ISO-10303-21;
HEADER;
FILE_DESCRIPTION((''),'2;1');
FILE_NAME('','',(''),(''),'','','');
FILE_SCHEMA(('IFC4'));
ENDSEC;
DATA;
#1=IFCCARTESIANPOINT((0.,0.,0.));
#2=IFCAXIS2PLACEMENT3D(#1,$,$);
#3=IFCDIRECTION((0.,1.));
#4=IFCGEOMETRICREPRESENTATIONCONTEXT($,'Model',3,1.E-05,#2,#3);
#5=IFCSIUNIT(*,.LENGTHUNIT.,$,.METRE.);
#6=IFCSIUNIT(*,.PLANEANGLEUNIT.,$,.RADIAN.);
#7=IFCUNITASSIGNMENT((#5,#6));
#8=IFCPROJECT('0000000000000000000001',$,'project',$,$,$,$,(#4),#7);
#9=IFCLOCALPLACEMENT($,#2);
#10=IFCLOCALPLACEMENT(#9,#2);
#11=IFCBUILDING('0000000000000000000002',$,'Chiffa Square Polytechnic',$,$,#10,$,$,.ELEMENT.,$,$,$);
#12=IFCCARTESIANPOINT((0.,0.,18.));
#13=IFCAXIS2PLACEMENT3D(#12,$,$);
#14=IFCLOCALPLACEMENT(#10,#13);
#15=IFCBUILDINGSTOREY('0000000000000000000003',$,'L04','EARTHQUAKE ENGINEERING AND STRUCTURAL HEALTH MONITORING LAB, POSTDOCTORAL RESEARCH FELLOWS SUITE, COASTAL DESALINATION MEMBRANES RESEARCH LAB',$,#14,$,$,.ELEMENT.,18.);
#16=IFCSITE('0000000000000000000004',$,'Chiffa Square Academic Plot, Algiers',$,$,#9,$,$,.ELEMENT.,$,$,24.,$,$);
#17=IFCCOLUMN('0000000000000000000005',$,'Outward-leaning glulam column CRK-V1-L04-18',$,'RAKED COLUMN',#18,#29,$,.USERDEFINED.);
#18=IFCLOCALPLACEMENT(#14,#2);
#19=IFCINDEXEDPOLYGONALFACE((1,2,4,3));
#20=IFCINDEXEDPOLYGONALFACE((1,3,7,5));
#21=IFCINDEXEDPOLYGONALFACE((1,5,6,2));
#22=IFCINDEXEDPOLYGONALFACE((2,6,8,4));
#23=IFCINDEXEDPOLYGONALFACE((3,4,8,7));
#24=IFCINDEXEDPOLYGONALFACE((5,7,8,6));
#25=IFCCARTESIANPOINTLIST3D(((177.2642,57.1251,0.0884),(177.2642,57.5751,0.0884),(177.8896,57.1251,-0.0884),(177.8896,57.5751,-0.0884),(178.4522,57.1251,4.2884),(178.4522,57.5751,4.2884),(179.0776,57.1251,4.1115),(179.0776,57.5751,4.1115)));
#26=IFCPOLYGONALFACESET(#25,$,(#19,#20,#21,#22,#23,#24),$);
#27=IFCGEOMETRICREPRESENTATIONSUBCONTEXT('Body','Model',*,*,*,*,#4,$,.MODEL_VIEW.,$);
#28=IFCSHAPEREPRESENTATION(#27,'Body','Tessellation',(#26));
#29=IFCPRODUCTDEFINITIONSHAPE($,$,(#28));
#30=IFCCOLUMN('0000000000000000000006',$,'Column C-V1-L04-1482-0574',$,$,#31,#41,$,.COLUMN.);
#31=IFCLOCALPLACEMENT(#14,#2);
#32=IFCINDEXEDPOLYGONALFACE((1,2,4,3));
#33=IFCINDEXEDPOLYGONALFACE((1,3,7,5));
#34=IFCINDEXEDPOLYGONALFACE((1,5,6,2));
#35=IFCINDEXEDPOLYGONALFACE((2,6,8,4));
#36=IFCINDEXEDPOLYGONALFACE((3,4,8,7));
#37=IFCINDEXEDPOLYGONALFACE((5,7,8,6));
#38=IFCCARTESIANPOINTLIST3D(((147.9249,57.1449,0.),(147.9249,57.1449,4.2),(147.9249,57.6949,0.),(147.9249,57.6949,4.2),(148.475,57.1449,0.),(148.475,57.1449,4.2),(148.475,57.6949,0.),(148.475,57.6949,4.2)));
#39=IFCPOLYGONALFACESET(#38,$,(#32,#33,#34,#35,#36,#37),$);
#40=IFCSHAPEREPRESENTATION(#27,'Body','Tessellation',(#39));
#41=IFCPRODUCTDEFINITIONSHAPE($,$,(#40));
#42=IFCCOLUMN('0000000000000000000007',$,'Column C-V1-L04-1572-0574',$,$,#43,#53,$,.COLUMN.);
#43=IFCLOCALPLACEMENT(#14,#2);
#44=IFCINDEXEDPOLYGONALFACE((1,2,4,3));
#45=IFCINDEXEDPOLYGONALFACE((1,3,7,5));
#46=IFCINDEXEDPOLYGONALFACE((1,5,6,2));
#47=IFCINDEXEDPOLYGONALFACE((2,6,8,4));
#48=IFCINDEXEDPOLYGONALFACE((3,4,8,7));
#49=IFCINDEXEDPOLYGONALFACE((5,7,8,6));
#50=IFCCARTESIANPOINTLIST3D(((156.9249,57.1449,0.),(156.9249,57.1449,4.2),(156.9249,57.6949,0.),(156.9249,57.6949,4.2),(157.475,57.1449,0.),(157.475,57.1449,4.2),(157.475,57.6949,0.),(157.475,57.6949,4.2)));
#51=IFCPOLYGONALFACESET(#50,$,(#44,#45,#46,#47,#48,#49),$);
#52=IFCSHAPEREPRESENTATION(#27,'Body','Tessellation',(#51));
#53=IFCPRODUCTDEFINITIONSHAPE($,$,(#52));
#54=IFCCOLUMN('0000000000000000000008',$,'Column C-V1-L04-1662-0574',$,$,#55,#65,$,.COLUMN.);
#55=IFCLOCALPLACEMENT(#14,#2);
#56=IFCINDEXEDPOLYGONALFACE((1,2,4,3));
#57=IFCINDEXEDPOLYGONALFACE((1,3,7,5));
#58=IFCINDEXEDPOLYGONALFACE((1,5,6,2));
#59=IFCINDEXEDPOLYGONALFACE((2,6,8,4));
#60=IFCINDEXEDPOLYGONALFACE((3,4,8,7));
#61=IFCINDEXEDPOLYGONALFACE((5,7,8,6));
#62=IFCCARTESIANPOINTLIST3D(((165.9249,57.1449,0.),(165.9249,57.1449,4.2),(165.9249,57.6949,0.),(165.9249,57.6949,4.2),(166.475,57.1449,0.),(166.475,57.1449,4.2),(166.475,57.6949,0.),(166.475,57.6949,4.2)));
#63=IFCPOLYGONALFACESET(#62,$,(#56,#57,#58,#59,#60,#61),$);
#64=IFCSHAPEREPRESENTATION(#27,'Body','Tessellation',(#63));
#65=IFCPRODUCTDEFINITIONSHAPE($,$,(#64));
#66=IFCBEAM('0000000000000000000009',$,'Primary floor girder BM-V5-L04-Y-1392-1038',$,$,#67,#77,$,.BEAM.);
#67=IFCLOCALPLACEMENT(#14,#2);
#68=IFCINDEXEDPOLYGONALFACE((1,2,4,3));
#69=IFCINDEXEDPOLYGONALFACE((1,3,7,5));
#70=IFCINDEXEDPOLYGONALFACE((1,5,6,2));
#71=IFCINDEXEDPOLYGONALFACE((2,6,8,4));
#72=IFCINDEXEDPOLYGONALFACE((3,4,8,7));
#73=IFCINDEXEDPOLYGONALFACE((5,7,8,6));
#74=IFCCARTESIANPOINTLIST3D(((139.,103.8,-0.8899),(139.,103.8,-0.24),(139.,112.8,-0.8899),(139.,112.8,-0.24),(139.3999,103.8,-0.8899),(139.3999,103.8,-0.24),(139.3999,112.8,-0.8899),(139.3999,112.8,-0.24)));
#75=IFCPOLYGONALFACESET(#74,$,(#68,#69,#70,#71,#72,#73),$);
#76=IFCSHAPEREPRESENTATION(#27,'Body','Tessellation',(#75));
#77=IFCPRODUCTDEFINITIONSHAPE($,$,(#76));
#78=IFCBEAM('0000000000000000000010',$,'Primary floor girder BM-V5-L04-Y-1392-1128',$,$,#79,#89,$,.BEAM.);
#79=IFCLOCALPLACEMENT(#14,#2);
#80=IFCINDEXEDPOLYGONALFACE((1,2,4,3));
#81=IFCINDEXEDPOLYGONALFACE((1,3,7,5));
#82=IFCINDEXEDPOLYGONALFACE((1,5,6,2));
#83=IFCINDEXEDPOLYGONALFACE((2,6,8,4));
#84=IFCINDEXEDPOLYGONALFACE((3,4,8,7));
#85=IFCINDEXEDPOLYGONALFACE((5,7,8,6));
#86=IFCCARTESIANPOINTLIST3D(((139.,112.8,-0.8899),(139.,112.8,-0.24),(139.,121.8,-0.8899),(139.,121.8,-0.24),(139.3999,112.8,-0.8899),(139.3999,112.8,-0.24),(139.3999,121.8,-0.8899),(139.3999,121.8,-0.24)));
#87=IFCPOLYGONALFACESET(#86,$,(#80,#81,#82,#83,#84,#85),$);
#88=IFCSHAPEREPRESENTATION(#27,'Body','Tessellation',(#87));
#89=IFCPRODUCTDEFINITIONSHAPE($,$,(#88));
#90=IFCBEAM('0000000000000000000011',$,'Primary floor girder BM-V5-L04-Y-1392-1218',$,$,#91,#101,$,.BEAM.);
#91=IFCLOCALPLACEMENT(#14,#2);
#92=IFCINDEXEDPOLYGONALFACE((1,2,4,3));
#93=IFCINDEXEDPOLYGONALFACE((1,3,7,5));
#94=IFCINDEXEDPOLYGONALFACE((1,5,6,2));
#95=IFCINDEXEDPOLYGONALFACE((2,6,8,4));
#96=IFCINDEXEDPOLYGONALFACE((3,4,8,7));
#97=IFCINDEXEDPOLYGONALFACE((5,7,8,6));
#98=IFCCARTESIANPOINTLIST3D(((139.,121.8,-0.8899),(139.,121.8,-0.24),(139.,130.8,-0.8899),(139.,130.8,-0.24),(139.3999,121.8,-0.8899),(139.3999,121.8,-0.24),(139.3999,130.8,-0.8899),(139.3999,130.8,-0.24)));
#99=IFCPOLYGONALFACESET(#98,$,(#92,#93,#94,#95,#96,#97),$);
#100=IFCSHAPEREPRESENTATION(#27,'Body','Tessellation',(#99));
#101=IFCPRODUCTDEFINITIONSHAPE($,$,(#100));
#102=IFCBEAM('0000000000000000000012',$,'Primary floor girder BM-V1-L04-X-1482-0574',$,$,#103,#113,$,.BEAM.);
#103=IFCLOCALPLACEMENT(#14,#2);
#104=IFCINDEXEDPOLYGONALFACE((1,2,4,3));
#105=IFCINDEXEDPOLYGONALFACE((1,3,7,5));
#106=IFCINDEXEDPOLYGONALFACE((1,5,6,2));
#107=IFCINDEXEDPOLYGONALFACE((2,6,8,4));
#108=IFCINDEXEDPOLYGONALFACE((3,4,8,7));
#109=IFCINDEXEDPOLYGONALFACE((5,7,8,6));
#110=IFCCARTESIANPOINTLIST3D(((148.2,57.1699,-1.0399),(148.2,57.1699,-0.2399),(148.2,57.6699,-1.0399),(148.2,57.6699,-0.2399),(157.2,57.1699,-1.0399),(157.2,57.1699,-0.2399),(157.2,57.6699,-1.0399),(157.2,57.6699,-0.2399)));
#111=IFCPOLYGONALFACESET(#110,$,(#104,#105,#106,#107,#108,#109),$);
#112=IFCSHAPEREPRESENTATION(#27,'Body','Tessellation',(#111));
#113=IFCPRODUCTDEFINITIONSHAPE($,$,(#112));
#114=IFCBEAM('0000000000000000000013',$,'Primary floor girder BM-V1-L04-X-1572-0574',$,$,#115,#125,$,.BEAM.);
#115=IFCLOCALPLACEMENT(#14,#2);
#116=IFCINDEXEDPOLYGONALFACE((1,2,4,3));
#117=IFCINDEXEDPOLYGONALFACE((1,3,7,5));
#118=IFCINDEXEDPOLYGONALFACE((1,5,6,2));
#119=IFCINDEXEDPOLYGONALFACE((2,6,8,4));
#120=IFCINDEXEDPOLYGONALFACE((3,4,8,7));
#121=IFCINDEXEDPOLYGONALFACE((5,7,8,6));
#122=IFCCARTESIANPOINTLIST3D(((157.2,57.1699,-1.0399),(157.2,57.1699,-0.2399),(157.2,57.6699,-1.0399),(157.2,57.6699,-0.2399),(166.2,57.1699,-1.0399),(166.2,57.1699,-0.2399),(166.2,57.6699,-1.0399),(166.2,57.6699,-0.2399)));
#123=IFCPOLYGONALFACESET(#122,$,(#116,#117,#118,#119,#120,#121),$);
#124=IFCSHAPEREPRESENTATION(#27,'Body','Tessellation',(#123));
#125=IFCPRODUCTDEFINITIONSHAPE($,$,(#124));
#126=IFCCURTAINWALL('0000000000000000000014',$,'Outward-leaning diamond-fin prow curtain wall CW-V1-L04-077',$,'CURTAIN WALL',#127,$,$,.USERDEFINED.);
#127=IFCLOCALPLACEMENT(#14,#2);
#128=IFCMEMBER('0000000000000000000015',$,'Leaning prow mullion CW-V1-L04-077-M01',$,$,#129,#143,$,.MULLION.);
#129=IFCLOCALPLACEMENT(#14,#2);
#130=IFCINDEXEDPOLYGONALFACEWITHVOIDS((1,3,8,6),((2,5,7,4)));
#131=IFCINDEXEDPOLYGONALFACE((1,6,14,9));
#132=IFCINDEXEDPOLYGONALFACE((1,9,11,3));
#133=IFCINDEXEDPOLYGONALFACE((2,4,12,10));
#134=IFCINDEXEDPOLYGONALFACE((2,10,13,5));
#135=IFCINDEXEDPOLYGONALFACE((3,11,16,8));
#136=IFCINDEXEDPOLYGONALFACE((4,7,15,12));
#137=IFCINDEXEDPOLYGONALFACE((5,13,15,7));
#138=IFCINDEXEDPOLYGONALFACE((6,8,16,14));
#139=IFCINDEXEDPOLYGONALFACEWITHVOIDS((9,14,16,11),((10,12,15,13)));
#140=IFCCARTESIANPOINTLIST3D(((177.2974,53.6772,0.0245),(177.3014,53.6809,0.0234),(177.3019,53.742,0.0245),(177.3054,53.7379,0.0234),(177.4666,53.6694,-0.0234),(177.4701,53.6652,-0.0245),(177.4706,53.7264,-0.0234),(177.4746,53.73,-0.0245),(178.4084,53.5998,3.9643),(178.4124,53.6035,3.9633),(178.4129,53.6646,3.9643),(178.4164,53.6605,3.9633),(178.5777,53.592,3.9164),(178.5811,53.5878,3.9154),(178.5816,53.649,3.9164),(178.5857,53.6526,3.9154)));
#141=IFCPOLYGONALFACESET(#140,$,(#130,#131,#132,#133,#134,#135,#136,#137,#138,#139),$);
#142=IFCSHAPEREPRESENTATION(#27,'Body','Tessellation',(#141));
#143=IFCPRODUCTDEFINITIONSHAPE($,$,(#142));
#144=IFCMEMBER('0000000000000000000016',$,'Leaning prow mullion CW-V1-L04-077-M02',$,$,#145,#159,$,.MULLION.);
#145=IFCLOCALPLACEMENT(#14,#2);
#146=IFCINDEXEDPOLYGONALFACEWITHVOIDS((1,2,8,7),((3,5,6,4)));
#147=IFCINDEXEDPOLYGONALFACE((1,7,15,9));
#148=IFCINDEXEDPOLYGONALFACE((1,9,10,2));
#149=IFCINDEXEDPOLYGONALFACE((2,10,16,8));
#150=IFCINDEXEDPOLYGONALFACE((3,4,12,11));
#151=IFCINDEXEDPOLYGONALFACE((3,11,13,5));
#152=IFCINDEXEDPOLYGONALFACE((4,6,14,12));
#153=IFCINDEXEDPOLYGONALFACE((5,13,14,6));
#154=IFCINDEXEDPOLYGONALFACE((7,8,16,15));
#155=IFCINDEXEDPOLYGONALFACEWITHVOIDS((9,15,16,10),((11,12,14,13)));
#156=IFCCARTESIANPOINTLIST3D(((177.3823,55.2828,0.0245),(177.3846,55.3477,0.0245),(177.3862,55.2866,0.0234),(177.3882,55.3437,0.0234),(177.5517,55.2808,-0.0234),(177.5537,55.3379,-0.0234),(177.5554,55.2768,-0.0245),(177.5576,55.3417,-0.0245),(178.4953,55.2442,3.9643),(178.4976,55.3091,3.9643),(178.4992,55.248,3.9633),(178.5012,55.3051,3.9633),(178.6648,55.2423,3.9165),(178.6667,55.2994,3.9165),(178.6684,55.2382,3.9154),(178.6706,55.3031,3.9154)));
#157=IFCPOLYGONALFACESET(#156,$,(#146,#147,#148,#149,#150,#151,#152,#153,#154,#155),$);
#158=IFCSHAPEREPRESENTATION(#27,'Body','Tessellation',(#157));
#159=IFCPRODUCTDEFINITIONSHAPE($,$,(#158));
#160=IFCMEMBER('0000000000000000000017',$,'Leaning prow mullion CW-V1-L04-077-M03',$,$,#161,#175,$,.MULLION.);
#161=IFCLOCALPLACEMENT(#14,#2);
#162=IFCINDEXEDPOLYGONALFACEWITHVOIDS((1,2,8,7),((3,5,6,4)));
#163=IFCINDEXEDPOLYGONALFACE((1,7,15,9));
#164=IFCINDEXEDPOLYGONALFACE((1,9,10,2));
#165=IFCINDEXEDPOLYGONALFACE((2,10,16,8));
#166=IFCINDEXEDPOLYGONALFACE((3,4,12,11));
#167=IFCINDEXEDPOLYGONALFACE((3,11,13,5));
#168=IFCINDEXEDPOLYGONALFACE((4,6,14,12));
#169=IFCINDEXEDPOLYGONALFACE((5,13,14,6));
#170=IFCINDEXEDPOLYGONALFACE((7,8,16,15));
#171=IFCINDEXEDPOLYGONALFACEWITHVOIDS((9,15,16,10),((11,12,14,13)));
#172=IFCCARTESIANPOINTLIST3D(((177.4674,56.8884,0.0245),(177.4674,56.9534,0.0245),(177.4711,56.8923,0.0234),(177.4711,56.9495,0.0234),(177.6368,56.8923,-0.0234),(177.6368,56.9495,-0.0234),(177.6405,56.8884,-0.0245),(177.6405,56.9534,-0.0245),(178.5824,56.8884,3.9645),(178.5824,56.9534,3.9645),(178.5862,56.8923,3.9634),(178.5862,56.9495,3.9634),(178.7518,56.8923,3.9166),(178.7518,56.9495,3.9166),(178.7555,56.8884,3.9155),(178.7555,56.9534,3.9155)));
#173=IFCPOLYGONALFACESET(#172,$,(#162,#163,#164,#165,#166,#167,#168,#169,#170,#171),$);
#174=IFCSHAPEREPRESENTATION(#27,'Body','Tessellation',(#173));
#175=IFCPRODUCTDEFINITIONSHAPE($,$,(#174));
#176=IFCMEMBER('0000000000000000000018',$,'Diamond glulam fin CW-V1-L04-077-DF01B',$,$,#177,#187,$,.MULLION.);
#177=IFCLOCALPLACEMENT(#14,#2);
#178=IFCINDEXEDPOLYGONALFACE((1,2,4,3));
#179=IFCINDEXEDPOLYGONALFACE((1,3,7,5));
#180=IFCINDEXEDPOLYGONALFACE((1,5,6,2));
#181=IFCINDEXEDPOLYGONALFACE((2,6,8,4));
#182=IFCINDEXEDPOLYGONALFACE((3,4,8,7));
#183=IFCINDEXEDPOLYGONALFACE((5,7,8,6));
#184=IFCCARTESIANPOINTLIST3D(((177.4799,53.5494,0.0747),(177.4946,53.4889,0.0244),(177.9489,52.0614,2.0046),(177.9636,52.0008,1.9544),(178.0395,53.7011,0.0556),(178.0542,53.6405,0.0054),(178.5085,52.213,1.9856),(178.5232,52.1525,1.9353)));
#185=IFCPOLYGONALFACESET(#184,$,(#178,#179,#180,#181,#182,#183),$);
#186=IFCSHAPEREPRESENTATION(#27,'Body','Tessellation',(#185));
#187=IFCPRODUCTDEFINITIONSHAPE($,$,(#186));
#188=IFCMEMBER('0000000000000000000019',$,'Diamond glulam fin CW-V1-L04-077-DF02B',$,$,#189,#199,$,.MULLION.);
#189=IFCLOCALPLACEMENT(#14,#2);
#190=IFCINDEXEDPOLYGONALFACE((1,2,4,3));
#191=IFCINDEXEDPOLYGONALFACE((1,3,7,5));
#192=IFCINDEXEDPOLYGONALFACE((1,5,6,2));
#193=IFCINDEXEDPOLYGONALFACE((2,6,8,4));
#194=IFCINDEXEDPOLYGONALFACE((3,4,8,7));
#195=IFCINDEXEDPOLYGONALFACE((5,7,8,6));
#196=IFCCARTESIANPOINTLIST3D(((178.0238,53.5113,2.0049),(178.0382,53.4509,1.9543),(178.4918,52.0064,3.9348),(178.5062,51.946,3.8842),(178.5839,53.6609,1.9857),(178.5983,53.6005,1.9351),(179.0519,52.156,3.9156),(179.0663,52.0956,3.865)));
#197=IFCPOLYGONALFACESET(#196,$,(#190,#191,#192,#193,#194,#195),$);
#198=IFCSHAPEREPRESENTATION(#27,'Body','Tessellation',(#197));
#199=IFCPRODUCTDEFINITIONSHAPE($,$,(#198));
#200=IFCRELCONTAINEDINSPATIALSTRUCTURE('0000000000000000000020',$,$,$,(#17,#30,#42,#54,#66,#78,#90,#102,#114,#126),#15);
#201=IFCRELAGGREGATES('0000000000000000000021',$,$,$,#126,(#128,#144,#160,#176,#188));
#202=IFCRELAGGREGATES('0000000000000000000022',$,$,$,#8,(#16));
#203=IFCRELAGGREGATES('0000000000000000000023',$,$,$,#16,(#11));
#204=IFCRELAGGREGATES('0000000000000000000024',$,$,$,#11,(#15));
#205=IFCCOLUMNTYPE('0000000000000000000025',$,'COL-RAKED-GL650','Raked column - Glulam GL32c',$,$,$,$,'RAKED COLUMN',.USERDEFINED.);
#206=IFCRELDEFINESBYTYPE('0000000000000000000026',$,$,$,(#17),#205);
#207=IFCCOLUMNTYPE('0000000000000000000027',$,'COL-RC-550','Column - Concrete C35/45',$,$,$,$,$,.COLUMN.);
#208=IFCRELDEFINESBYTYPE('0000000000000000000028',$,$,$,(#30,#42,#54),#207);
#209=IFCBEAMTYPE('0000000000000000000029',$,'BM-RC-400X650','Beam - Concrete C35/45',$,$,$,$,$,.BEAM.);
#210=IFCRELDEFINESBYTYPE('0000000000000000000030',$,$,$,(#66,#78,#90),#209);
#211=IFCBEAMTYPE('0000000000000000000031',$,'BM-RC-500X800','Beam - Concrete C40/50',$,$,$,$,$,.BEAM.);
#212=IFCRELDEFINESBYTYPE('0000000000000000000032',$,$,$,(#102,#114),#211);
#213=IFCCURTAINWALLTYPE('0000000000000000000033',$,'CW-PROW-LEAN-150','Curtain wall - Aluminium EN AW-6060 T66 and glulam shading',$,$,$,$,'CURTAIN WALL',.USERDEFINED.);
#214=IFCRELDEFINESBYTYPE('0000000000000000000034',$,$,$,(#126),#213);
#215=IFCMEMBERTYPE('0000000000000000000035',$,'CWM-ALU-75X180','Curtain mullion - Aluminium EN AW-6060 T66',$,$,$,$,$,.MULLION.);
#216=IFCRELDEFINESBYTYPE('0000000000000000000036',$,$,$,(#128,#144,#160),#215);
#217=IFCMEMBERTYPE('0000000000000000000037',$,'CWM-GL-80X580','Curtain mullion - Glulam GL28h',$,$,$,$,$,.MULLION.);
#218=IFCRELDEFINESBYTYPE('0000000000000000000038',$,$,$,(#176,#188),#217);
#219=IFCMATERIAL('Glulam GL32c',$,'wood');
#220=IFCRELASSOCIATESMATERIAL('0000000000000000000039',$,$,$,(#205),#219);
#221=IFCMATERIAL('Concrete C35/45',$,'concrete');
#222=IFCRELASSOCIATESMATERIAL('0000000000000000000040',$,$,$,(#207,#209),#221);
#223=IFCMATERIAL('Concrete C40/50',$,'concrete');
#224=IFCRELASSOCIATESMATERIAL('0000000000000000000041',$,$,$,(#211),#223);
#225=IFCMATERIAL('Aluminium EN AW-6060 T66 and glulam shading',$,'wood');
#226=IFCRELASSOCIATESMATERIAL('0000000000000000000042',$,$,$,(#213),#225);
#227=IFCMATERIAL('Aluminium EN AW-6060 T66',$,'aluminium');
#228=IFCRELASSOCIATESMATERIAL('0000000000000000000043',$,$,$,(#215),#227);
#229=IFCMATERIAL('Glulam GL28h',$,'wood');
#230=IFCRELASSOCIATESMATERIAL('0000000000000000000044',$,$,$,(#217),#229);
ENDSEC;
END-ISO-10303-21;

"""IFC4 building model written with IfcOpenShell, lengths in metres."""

from ifc_helpers import new_model, si_unit, direction, frame, origin, origin_2d, place, context, subcontext, project, spatial, rectangle, hollow_rectangle, extrude, material, material_profile, profile_set, type_object, element, aggregate, save


model = new_model("IFC4")

# Units and contexts
model_context = context("Model", 3, precision=1e-05, world=origin(), true_north=direction((0.0, 1.0)))
body_context = subcontext(model_context, "Body", "Model", "MODEL_VIEW")
ifc_project = project(units=[si_unit("LENGTHUNIT", "METRE"), si_unit("PLANEANGLEUNIT", "RADIAN")], contexts=[model_context])

# Site, building, storey
site_placement = place(None, origin())
site = spatial("IfcSite", under=ifc_project, at=site_placement, Name="Chiffa Square Academic Plot, Algiers", CompositionType="ELEMENT", RefElevation=24.0)
building_placement = place(site_placement, origin())
building = spatial("IfcBuilding", under=site, at=building_placement, Name="Chiffa Square Polytechnic", CompositionType="ELEMENT")
storey_placement = place(building_placement, frame((0.0, 0.0, 18.0)))
storey = spatial("IfcBuildingStorey", under=building, at=storey_placement, Name="L04", Description="EARTHQUAKE ENGINEERING AND STRUCTURAL HEALTH MONITORING LAB, POSTDOCTORAL RESEARCH FELLOWS SUITE, COASTAL DESALINATION MEMBRANES RESEARCH LAB", CompositionType="ELEMENT", Elevation=18.0)

# Columns
ifc_material_1 = material(Name="Glulam GL32c", Category="wood")
ifc_material_profile_1 = material_profile(ifc_material_1, rectangle(XDim=0.45, YDim=0.6499, at=origin_2d()), Name="GL32c 450x650")
ifc_profile_set_1 = profile_set([ifc_material_profile_1], Name="Glulam GL32c")
column_type_1 = type_object("IfcColumnType", Name="COL-RAKED-GL650", Description="Raked column - Glulam GL32c", ElementType="RAKED COLUMN", PredefinedType="USERDEFINED", material=ifc_profile_set_1)
column_placement = place(storey_placement, frame((177.5769, 57.3501, 0.0), z_axis=(0.272179, 0.0, 0.962247), x_axis=(0.0, 1.0, 0.0)))
element("IfcColumn", 1, at=column_placement, inside=storey, type_object=column_type_1, Name="Outward-leaning glulam column CRK-V1-L04-18", ObjectType="RAKED COLUMN", PredefinedType="USERDEFINED", context=body_context, shape_type="SweptSolid", body=[
    extrude(rectangle(XDim=0.45, YDim=0.6499, at=origin_2d()), origin(), (0.0, 0.0, 1.0), 4.3647),
])
ifc_material_2 = material(Name="Concrete C35/45", Category="concrete")
ifc_material_profile_2 = material_profile(ifc_material_2, rectangle(XDim=0.55, YDim=0.55, at=origin_2d()), Name="RC 550x550")
ifc_profile_set_2 = profile_set([ifc_material_profile_2], Name="Concrete C35/45")
column_type_2 = type_object("IfcColumnType", Name="COL-RC-550", Description="Column - Concrete C35/45", PredefinedType="COLUMN", material=ifc_profile_set_2)
for number, where, z_axis, x_axis, name in (
    (2, (148.2, 57.4199, 0.0), (0.0, 0.0, 1.0), (1.0, 0.0, 0.0), "Column C-V1-L04-1482-0574"),
    (3, (157.2, 57.4199, 0.0), (0.0, 0.0, 1.0), (1.0, 0.0, 0.0), "Column C-V1-L04-1572-0574"),
    (4, (166.2, 57.4199, 0.0), (0.0, 0.0, 1.0), (1.0, 0.0, 0.0), "Column C-V1-L04-1662-0574"),
):
    element("IfcColumn", number, at=place(storey_placement, frame(where, z_axis=z_axis, x_axis=x_axis)), inside=storey, type_object=column_type_2, Name=name, PredefinedType="COLUMN", context=body_context, shape_type="SweptSolid", body=[
        extrude(rectangle(XDim=0.55, YDim=0.55, at=origin_2d()), origin(), (0.0, 0.0, 1.0), 4.2),
    ])

# Beams
ifc_material_profile_3 = material_profile(ifc_material_2, rectangle(XDim=0.3999, YDim=0.6499, at=origin_2d()), Name="RC 400x650")
ifc_profile_set_3 = profile_set([ifc_material_profile_3], Name="Concrete C35/45")
beam_type_1 = type_object("IfcBeamType", Name="BM-RC-400X650", Description="Beam - Concrete C35/45", PredefinedType="BEAM", material=ifc_profile_set_3)
for number, where, z_axis, x_axis, name in (
    (5, (139.2, 103.8, -0.5649), (0.0, 1.0, 0.0), (-1.0, 0.0, 0.0), "Primary floor girder BM-V5-L04-Y-1392-1038"),
    (6, (139.2, 112.8, -0.5649), (0.0, 1.0, 0.0), (-1.0, 0.0, 0.0), "Primary floor girder BM-V5-L04-Y-1392-1128"),
    (7, (139.2, 121.8, -0.5649), (0.0, 1.0, 0.0), (-1.0, 0.0, 0.0), "Primary floor girder BM-V5-L04-Y-1392-1218"),
):
    element("IfcBeam", number, at=place(storey_placement, frame(where, z_axis=z_axis, x_axis=x_axis)), inside=storey, type_object=beam_type_1, Name=name, PredefinedType="BEAM", context=body_context, shape_type="SweptSolid", body=[
        extrude(rectangle(XDim=0.3999, YDim=0.6499, at=origin_2d()), origin(), (0.0, 0.0, 1.0), 9.0),
    ])
ifc_material_3 = material(Name="Concrete C40/50", Category="concrete")
ifc_material_profile_4 = material_profile(ifc_material_3, rectangle(XDim=0.5, YDim=0.8, at=origin_2d()), Name="RC 500x800")
ifc_profile_set_4 = profile_set([ifc_material_profile_4], Name="Concrete C40/50")
beam_type_2 = type_object("IfcBeamType", Name="BM-RC-500X800", Description="Beam - Concrete C40/50", PredefinedType="BEAM", material=ifc_profile_set_4)
for number, where, z_axis, x_axis, name in (
    (8, (148.2, 57.4199, -0.6399), (1.0, 0.0, 0.0), (0.0, 1.0, 0.0), "Primary floor girder BM-V1-L04-X-1482-0574"),
    (9, (157.2, 57.4199, -0.6399), (1.0, 0.0, 0.0), (0.0, 1.0, 0.0), "Primary floor girder BM-V1-L04-X-1572-0574"),
):
    element("IfcBeam", number, at=place(storey_placement, frame(where, z_axis=z_axis, x_axis=x_axis)), inside=storey, type_object=beam_type_2, Name=name, PredefinedType="BEAM", context=body_context, shape_type="SweptSolid", body=[
        extrude(rectangle(XDim=0.5, YDim=0.8, at=origin_2d()), origin(), (0.0, 0.0, 1.0), 9.0),
    ])

# Curtain wall, members
ifc_material_4 = material(Name="Aluminium EN AW-6060 T66 and glulam shading", Category="wood")
curtain_wall_type = type_object("IfcCurtainWallType", Name="CW-PROW-LEAN-150", Description="Curtain wall - Aluminium EN AW-6060 T66 and glulam shading", ElementType="CURTAIN WALL", PredefinedType="USERDEFINED", material=ifc_material_4)
curtain_wall_placement = place(storey_placement, origin())
curtain_wall = element("IfcCurtainWall", 10, at=curtain_wall_placement, inside=storey, type_object=curtain_wall_type, Name="Outward-leaning diamond-fin prow curtain wall CW-V1-L04-077", ObjectType="CURTAIN WALL", PredefinedType="USERDEFINED")
ifc_material_5 = material(Name="Aluminium EN AW-6060 T66", Category="aluminium")
ifc_material_profile_5 = material_profile(ifc_material_5, hollow_rectangle(XDim=0.0649, YDim=0.1799, WallThickness=0.0039, at=origin_2d()), Name="ALU 65x180x4")
ifc_profile_set_5 = profile_set([ifc_material_profile_5], Name="Aluminium EN AW-6060 T66")
member_type_1 = type_object("IfcMemberType", Name="CWM-ALU-75X180", Description="Curtain mullion - Aluminium EN AW-6060 T66", PredefinedType="MULLION", material=ifc_profile_set_5)
member_1_placement = place(storey_placement, frame((177.386, 53.7036, 0.0), z_axis=(0.271371, -0.018902, 0.962289), x_axis=(0.069487, 0.997583, 0.0)))
member_1 = element("IfcMember", 11, at=member_1_placement, type_object=member_type_1, Name="Leaning prow mullion CW-V1-L04-077-M01", PredefinedType="MULLION", context=body_context, shape_type="SweptSolid", body=[
    extrude(hollow_rectangle(XDim=0.0649, YDim=0.1799, WallThickness=0.0039, at=origin_2d()), origin(), (0.0, 0.0, 1.0), 4.0942),
])
member_2_placement = place(storey_placement, frame((177.47, 55.3123, 0.0), z_axis=(0.271849, -0.009421, 0.962294), x_axis=(0.034636, 0.9994, 0.0)))
member_2 = element("IfcMember", 12, at=member_2_placement, type_object=member_type_1, Name="Leaning prow mullion CW-V1-L04-077-M02", PredefinedType="MULLION", context=body_context, shape_type="SweptSolid", body=[
    extrude(hollow_rectangle(XDim=0.0649, YDim=0.1799, WallThickness=0.0039, at=origin_2d()), origin(), (0.0, 0.0, 1.0), 4.0942),
])
member_3_placement = place(storey_placement, frame((177.554, 56.9209, 0.0), z_axis=(0.272303, 0.0, 0.962212), x_axis=(0.0, 1.0, 0.0)))
member_3 = element("IfcMember", 13, at=member_3_placement, type_object=member_type_1, Name="Leaning prow mullion CW-V1-L04-077-M03", PredefinedType="MULLION", context=body_context, shape_type="SweptSolid", body=[
    extrude(hollow_rectangle(XDim=0.0649, YDim=0.1799, WallThickness=0.0039, at=origin_2d()), origin(), (0.0, 0.0, 1.0), 4.0947),
])
ifc_material_6 = material(Name="Glulam GL28h", Category="wood")
ifc_material_profile_6 = material_profile(ifc_material_6, rectangle(XDim=0.0801, YDim=0.5801, at=origin_2d()), Name="GL28h 80x580")
ifc_profile_set_6 = profile_set([ifc_material_profile_6], Name="Glulam GL28h")
member_type_2 = type_object("IfcMemberType", Name="CWM-GL-80X580", Description="Curtain mullion - Glulam GL28h", PredefinedType="MULLION", material=ifc_profile_set_6)
member_4_placement = place(storey_placement, frame((177.7671, 53.595, 0.04), z_axis=(0.188981, -0.599603, 0.777664), x_axis=(-0.18353, 0.756414, 0.627818)))
member_4 = element("IfcMember", 14, at=member_4_placement, type_object=member_type_2, Name="Diamond glulam fin CW-V1-L04-077-DF01B", PredefinedType="MULLION", context=body_context, shape_type="SweptSolid", body=[
    extrude(rectangle(XDim=0.0801, YDim=0.5801, at=origin_2d()), origin(), (0.0, 0.0, 1.0), 2.4817),
])
member_5_placement = place(storey_placement, frame((178.311, 53.5559, 1.97), z_axis=(0.187834, -0.603969, 0.774558), x_axis=(-0.17973, 0.754144, 0.631636)))
member_5 = element("IfcMember", 15, at=member_5_placement, type_object=member_type_2, Name="Diamond glulam fin CW-V1-L04-077-DF02B", PredefinedType="MULLION", context=body_context, shape_type="SweptSolid", body=[
    extrude(rectangle(XDim=0.0801, YDim=0.5801, at=origin_2d()), origin(), (0.0, 0.0, 1.0), 2.4917),
])

aggregate(curtain_wall, [member_1, member_2, member_3, member_4, member_5])

save(model, "model.ifc")
